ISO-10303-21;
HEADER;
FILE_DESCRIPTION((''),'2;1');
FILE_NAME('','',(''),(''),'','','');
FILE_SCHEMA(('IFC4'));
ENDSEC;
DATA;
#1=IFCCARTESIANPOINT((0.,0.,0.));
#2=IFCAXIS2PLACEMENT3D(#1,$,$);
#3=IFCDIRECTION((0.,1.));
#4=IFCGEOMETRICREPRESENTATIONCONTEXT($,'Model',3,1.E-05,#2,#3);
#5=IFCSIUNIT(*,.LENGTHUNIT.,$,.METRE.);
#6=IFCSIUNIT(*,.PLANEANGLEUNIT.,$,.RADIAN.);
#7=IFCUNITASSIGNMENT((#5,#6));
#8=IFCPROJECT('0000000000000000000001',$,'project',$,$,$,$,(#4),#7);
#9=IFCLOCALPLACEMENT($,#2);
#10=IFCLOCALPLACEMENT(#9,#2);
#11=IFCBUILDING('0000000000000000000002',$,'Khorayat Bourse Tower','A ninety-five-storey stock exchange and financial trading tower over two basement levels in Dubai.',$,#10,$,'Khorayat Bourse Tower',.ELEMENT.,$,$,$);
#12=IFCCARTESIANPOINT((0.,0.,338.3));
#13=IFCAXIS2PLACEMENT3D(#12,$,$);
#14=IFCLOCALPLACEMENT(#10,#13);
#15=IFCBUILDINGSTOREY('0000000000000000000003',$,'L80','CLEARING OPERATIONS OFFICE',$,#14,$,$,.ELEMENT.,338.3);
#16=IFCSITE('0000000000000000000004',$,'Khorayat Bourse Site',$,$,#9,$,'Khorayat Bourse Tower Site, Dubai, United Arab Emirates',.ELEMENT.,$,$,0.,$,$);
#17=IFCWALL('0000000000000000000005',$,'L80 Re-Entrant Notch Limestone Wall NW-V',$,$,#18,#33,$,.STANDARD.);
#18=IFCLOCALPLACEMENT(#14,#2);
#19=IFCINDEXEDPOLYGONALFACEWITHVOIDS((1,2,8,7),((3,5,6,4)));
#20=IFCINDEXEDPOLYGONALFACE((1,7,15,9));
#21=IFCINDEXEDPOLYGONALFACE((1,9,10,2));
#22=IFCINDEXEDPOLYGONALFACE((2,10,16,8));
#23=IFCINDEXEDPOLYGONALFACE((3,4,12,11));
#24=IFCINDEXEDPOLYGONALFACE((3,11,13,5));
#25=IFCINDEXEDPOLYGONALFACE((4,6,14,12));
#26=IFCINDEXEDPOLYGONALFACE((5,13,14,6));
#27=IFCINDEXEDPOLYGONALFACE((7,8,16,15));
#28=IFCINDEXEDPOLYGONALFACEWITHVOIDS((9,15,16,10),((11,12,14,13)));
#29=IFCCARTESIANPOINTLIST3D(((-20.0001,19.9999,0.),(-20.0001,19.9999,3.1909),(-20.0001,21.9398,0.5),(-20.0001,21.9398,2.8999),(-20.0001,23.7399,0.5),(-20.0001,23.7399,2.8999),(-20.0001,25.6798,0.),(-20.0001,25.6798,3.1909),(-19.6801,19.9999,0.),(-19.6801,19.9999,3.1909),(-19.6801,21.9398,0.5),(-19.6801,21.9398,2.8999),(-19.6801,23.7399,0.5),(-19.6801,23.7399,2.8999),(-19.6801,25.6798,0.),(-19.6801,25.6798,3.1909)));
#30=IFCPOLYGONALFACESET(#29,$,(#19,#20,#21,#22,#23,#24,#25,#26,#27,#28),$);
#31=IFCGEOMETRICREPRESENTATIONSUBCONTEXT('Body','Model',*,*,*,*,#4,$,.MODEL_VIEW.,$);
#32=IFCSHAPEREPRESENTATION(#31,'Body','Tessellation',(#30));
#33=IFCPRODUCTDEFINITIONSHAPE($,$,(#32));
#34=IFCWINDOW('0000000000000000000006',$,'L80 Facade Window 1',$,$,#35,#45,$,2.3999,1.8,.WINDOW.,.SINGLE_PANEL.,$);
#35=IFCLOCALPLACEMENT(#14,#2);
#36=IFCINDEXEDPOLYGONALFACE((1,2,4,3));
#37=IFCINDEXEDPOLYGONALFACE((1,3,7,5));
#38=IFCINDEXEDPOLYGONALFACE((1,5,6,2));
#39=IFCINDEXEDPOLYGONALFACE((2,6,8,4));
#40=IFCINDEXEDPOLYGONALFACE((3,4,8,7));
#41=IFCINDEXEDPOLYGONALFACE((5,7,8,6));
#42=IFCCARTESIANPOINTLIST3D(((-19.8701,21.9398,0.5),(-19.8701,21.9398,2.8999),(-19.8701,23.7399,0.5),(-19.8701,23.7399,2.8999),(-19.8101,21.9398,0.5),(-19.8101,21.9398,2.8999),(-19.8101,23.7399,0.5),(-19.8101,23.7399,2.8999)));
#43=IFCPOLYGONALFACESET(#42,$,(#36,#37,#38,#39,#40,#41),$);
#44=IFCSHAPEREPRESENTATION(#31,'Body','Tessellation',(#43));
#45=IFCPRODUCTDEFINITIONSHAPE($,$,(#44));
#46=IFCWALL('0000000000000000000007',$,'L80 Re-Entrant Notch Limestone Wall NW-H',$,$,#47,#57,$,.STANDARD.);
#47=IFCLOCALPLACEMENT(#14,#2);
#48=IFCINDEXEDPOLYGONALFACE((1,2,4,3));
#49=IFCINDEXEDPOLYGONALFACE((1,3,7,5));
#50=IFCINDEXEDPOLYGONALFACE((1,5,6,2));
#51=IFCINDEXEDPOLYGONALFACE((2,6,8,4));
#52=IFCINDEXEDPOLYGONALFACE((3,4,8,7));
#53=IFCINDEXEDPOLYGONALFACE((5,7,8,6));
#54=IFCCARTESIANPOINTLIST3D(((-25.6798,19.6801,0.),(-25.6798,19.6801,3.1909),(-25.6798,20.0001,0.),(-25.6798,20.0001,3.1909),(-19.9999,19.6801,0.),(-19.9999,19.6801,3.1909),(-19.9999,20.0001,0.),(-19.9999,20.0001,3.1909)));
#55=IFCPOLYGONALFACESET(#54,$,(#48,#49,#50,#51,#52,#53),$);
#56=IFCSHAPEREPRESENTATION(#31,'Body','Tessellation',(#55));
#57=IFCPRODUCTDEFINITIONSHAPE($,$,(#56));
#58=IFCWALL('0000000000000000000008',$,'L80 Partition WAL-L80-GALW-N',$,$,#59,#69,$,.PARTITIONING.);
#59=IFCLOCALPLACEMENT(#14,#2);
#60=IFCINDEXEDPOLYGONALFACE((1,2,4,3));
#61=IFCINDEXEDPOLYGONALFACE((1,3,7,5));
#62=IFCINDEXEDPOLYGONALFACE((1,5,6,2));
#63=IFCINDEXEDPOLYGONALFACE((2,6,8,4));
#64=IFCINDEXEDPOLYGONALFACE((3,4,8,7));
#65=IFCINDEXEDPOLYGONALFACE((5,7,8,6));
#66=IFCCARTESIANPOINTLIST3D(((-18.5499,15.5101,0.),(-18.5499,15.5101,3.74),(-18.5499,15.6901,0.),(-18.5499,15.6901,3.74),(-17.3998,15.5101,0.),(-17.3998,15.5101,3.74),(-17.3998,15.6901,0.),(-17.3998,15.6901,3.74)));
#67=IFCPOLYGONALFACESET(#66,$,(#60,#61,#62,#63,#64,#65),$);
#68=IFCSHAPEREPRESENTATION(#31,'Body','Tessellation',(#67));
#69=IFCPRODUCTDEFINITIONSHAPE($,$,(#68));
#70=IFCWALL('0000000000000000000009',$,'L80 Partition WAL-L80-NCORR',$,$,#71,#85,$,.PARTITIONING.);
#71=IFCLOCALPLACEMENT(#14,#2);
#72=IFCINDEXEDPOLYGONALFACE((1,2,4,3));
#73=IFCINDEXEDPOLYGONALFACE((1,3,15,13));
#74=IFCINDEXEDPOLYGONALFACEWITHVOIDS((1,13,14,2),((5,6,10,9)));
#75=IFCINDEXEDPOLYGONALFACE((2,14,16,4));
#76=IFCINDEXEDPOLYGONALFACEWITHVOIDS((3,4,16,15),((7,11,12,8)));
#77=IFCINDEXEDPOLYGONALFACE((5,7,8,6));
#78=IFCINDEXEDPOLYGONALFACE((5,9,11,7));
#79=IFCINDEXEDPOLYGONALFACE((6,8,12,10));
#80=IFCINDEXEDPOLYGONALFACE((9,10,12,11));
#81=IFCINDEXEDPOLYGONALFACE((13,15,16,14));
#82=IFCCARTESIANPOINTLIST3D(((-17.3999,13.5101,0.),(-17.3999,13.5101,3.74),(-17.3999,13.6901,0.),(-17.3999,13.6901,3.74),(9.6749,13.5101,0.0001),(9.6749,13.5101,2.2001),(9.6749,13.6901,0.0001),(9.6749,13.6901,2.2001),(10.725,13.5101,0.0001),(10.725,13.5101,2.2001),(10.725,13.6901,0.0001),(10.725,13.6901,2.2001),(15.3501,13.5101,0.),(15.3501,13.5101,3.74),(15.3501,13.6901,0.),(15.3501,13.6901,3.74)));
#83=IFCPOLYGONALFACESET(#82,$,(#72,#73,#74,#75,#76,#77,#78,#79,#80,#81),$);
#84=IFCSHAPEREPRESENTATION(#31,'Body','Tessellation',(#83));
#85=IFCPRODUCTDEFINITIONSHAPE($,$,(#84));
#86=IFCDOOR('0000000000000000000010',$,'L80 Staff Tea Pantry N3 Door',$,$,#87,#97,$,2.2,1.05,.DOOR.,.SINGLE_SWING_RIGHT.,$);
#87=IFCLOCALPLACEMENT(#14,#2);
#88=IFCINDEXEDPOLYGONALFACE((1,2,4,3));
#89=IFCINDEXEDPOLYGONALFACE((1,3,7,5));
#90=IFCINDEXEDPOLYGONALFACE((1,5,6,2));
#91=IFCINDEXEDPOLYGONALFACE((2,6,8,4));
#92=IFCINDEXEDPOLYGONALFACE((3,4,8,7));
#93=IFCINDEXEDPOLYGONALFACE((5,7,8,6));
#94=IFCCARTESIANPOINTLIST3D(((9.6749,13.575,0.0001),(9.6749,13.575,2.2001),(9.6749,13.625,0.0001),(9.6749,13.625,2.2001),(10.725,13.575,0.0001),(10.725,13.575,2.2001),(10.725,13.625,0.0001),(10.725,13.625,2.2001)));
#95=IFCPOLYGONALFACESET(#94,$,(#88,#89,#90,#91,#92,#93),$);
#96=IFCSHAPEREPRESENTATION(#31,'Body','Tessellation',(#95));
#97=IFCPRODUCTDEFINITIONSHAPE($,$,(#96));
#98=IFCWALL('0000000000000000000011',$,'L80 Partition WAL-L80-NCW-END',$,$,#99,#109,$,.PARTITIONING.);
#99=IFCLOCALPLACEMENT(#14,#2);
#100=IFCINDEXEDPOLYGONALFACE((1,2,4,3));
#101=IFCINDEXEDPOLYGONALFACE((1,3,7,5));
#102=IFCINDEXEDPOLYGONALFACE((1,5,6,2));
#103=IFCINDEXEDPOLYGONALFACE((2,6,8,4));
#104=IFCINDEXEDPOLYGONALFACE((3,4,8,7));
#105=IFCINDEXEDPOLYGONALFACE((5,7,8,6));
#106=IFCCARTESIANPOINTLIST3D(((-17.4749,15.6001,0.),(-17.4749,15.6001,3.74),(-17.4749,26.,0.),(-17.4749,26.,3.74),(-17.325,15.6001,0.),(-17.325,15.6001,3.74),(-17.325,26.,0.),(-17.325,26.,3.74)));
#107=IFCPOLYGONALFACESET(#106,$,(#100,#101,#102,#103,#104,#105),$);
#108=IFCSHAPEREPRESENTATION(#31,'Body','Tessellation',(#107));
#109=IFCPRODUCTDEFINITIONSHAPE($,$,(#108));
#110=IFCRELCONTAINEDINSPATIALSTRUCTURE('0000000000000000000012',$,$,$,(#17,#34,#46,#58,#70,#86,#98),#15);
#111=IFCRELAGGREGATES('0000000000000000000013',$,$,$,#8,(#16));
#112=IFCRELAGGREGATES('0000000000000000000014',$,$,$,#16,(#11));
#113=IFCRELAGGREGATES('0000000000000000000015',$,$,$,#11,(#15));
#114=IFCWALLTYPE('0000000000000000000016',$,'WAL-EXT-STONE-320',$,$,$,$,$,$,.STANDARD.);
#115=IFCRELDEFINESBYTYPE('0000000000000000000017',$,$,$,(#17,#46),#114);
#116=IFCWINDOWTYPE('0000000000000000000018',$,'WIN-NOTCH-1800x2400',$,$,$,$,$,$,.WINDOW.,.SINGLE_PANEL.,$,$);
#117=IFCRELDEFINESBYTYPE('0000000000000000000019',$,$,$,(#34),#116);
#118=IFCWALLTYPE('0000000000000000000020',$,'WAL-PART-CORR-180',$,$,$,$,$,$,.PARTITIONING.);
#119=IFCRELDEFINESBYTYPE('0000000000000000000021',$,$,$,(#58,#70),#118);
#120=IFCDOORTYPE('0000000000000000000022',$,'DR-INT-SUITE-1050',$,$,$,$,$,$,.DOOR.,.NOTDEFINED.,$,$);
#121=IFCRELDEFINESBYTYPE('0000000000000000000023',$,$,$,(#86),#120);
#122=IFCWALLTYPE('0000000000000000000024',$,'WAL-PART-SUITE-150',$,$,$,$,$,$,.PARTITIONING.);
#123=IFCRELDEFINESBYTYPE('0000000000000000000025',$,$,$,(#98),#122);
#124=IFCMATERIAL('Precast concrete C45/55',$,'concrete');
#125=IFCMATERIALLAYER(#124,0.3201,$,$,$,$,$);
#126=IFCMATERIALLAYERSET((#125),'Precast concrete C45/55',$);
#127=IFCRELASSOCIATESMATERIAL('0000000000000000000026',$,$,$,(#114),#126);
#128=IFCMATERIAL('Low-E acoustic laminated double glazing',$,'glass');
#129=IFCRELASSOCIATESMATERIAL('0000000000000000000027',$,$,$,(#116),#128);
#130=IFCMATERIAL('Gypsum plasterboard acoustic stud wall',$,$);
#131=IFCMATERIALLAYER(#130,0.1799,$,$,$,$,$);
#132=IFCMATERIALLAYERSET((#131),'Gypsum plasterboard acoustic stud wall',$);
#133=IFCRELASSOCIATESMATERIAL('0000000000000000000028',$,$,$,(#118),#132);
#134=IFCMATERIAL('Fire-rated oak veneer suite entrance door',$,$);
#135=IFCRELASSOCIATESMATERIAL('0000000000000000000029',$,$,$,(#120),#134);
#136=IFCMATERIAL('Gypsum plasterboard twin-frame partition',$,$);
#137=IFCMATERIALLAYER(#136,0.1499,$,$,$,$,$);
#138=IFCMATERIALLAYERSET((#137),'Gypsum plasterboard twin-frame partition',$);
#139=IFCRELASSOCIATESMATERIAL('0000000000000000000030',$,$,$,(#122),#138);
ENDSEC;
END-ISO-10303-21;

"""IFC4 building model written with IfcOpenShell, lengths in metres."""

from ifc_helpers import new_model, si_unit, direction, frame, frame_2d, origin, place, context, subcontext, project, spatial, rectangle, extrude, source, transform, mapped, material, layer, layer_set, type_object, element, fill, save


model = new_model("IFC4")

# Units and contexts
model_context = context("Model", 3, precision=1e-05, world=origin(), true_north=direction((0.0, 1.0)))
body_context = subcontext(model_context, "Body", "Model", "MODEL_VIEW")
ifc_project = project(units=[si_unit("LENGTHUNIT", "METRE"), si_unit("PLANEANGLEUNIT", "RADIAN")], contexts=[model_context])

# Site, building, storey
site_placement = place(None, origin())
site = spatial("IfcSite", under=ifc_project, at=site_placement, Name="Khorayat Bourse Site", LongName="Khorayat Bourse Tower Site, Dubai, United Arab Emirates", CompositionType="ELEMENT", RefElevation=0.0)
building_placement = place(site_placement, origin())
building = spatial("IfcBuilding", under=site, at=building_placement, Name="Khorayat Bourse Tower", Description="A ninety-five-storey stock exchange and financial trading tower over two basement levels in Dubai.", LongName="Khorayat Bourse Tower", CompositionType="ELEMENT")
storey_placement = place(building_placement, frame((0.0, 0.0, 338.3)))
storey = spatial("IfcBuildingStorey", under=building, at=storey_placement, Name="L80", Description="CLEARING OPERATIONS OFFICE", CompositionType="ELEMENT", Elevation=338.3)

# Wall, opening, window
ifc_material_1 = material(Name="Precast concrete C45/55", Category="concrete")
ifc_layer_1 = layer(ifc_material_1, 0.3201)
ifc_layer_set_1 = layer_set([ifc_layer_1], Name="Precast concrete C45/55")
wall_type_1 = type_object("IfcWallType", Name="WAL-EXT-STONE-320", PredefinedType="STANDARD", material=ifc_layer_set_1)
shared_shape_1 = source(origin(), body_context, "Body", "SweptSolid", [
    extrude(rectangle(XDim=5.6799, YDim=0.3201, at=frame_2d((2.8398, 0.0))), origin(), (0.0, 0.0, 1.0), 3.1909),
])
wall_1_placement = place(storey_placement, frame((-19.8401, 20.0, 0.0), z_axis=(0.0, 0.0, 1.0), x_axis=(0.0, 1.0, 0.0)))
wall_1 = element("IfcWall", 1, at=wall_1_placement, inside=storey, type_object=wall_type_1, Name="L80 Re-Entrant Notch Limestone Wall NW-V", PredefinedType="STANDARD", context=body_context, shape_type="MappedRepresentation", body=[
    mapped(shared_shape_1, transform((0.0, 0.0, 0.0), scale=1.0)),
])
shared_shape_2 = source(origin(), body_context, "Body", "SweptSolid", [
    extrude(rectangle(XDim=1.8, YDim=2.3999, at=frame_2d((0.8999, 1.2))), frame((0.0, 0.1699, 0.0), z_axis=(0.0, -1.0, 0.0), x_axis=(1.0, 0.0, 0.0)), (0.0, 0.0, 1.0), 0.3401),
])
opening_1_placement = place(wall_1_placement, frame((1.9399, 0.0, 0.5)))
opening_1 = element("IfcOpeningElement", 2, at=opening_1_placement, cuts=wall_1, PredefinedType="OPENING", context=body_context, shape_type="MappedRepresentation", body=[
    mapped(shared_shape_2, transform((0.0, 0.0, 0.0), scale=1.0)),
])
ifc_material_2 = material(Name="Low-E acoustic laminated double glazing", Category="glass")
window_type = type_object("IfcWindowType", Name="WIN-NOTCH-1800x2400", PartitioningType="SINGLE_PANEL", PredefinedType="WINDOW", material=ifc_material_2)
shared_shape_3 = source(origin(), body_context, "Body", "SweptSolid", [
    extrude(rectangle(XDim=1.8, YDim=2.3999, at=frame_2d((0.8999, 1.2))), frame((0.0, 0.03, 0.0), z_axis=(0.0, -1.0, 0.0), x_axis=(1.0, 0.0, 0.0)), (0.0, 0.0, 1.0), 0.0601),
])
window_placement = place(opening_1_placement, origin())
window = element("IfcWindow", 3, at=window_placement, inside=storey, type_object=window_type, Name="L80 Facade Window 1", OverallHeight=2.3999, OverallWidth=1.8, PartitioningType="SINGLE_PANEL", PredefinedType="WINDOW", context=body_context, shape_type="MappedRepresentation", body=[
    mapped(shared_shape_3, transform((0.0, 0.0, 0.0), scale=1.0)),
])
fill(opening_1, window)

# Walls
wall_2_placement = place(storey_placement, frame((-20.0, 19.8401, 0.0), z_axis=(0.0, 0.0, 1.0), x_axis=(-1.0, 0.0, 0.0)))
element("IfcWall", 4, at=wall_2_placement, inside=storey, type_object=wall_type_1, Name="L80 Re-Entrant Notch Limestone Wall NW-H", PredefinedType="STANDARD", context=body_context, shape_type="MappedRepresentation", body=[
    mapped(shared_shape_1, transform((0.0, 0.0, 0.0), scale=1.0)),
])
ifc_material_3 = material(Name="Gypsum plasterboard acoustic stud wall")
ifc_layer_2 = layer(ifc_material_3, 0.1799)
ifc_layer_set_2 = layer_set([ifc_layer_2], Name="Gypsum plasterboard acoustic stud wall")
wall_type_2 = type_object("IfcWallType", Name="WAL-PART-CORR-180", PredefinedType="PARTITIONING", material=ifc_layer_set_2)
shared_shape_4 = source(origin(), body_context, "Body", "SweptSolid", [
    extrude(rectangle(XDim=1.1501, YDim=0.1799, at=frame_2d((0.5752, 0.0))), origin(), (0.0, 0.0, 1.0), 3.74),
])
wall_3_placement = place(storey_placement, frame((-18.55, 15.6001, 0.0), z_axis=(0.0, 0.0, 1.0), x_axis=(1.0, 0.0, 0.0)))
element("IfcWall", 5, at=wall_3_placement, inside=storey, type_object=wall_type_2, Name="L80 Partition WAL-L80-GALW-N", PredefinedType="PARTITIONING", context=body_context, shape_type="MappedRepresentation", body=[
    mapped(shared_shape_4, transform((0.0, 0.0, 0.0), scale=1.0)),
])

# Wall, opening, door
shared_shape_5 = source(origin(), body_context, "Body", "SweptSolid", [
    extrude(rectangle(XDim=32.75, YDim=0.1799, at=frame_2d((16.375, 0.0))), origin(), (0.0, 0.0, 1.0), 3.74),
])
wall_4_placement = place(storey_placement, frame((-17.3999, 13.6001, 0.0), z_axis=(0.0, 0.0, 1.0), x_axis=(1.0, 0.0, 0.0)))
wall_4 = element("IfcWall", 6, at=wall_4_placement, inside=storey, type_object=wall_type_2, Name="L80 Partition WAL-L80-NCORR", PredefinedType="PARTITIONING", context=body_context, shape_type="MappedRepresentation", body=[
    mapped(shared_shape_5, transform((0.0, 0.0, 0.0), scale=1.0)),
])
shared_shape_6 = source(origin(), body_context, "Body", "SweptSolid", [
    extrude(rectangle(XDim=1.05, YDim=2.2, at=frame_2d((0.5249, 1.1001))), frame((0.0, 0.0999, 0.0), z_axis=(0.0, -1.0, 0.0), x_axis=(1.0, 0.0, 0.0)), (0.0, 0.0, 1.0), 0.2),
])
opening_2_placement = place(wall_4_placement, frame((27.075, 0.0, 0.0)))
opening_2 = element("IfcOpeningElement", 7, at=opening_2_placement, cuts=wall_4, PredefinedType="OPENING", context=body_context, shape_type="MappedRepresentation", body=[
    mapped(shared_shape_6, transform((0.0, 0.0, 0.0), scale=1.0)),
])
ifc_material_4 = material(Name="Fire-rated oak veneer suite entrance door")
door_type = type_object("IfcDoorType", Name="DR-INT-SUITE-1050", OperationType="NOTDEFINED", PredefinedType="DOOR", material=ifc_material_4)
shared_shape_7 = source(origin(), body_context, "Body", "SweptSolid", [
    extrude(rectangle(XDim=1.05, YDim=2.2, at=frame_2d((0.5249, 1.1001))), frame((0.0, 0.0249, 0.0), z_axis=(0.0, -1.0, 0.0), x_axis=(1.0, 0.0, 0.0)), (0.0, 0.0, 1.0), 0.05),
])
door_placement = place(opening_2_placement, origin())
door = element("IfcDoor", 8, at=door_placement, inside=storey, type_object=door_type, Name="L80 Staff Tea Pantry N3 Door", OperationType="SINGLE_SWING_RIGHT", OverallHeight=2.2, OverallWidth=1.05, PredefinedType="DOOR", context=body_context, shape_type="MappedRepresentation", body=[
    mapped(shared_shape_7, transform((0.0, 0.0, 0.0), scale=1.0)),
])
fill(opening_2, door)

# Wall
ifc_material_5 = material(Name="Gypsum plasterboard twin-frame partition")
ifc_layer_3 = layer(ifc_material_5, 0.1499)
ifc_layer_set_3 = layer_set([ifc_layer_3], Name="Gypsum plasterboard twin-frame partition")
wall_type_3 = type_object("IfcWallType", Name="WAL-PART-SUITE-150", PredefinedType="PARTITIONING", material=ifc_layer_set_3)
shared_shape_8 = source(origin(), body_context, "Body", "SweptSolid", [
    extrude(rectangle(XDim=10.3999, YDim=0.1499, at=frame_2d((5.2, 0.0))), origin(), (0.0, 0.0, 1.0), 3.74),
])
wall_5_placement = place(storey_placement, frame((-17.3999, 15.6001, 0.0), z_axis=(0.0, 0.0, 1.0), x_axis=(0.0, 1.0, 0.0)))
element("IfcWall", 9, at=wall_5_placement, inside=storey, type_object=wall_type_3, Name="L80 Partition WAL-L80-NCW-END", PredefinedType="PARTITIONING", context=body_context, shape_type="MappedRepresentation", body=[
    mapped(shared_shape_8, transform((0.0, 0.0, 0.0), scale=1.0)),
])

save(model, "model.ifc")
